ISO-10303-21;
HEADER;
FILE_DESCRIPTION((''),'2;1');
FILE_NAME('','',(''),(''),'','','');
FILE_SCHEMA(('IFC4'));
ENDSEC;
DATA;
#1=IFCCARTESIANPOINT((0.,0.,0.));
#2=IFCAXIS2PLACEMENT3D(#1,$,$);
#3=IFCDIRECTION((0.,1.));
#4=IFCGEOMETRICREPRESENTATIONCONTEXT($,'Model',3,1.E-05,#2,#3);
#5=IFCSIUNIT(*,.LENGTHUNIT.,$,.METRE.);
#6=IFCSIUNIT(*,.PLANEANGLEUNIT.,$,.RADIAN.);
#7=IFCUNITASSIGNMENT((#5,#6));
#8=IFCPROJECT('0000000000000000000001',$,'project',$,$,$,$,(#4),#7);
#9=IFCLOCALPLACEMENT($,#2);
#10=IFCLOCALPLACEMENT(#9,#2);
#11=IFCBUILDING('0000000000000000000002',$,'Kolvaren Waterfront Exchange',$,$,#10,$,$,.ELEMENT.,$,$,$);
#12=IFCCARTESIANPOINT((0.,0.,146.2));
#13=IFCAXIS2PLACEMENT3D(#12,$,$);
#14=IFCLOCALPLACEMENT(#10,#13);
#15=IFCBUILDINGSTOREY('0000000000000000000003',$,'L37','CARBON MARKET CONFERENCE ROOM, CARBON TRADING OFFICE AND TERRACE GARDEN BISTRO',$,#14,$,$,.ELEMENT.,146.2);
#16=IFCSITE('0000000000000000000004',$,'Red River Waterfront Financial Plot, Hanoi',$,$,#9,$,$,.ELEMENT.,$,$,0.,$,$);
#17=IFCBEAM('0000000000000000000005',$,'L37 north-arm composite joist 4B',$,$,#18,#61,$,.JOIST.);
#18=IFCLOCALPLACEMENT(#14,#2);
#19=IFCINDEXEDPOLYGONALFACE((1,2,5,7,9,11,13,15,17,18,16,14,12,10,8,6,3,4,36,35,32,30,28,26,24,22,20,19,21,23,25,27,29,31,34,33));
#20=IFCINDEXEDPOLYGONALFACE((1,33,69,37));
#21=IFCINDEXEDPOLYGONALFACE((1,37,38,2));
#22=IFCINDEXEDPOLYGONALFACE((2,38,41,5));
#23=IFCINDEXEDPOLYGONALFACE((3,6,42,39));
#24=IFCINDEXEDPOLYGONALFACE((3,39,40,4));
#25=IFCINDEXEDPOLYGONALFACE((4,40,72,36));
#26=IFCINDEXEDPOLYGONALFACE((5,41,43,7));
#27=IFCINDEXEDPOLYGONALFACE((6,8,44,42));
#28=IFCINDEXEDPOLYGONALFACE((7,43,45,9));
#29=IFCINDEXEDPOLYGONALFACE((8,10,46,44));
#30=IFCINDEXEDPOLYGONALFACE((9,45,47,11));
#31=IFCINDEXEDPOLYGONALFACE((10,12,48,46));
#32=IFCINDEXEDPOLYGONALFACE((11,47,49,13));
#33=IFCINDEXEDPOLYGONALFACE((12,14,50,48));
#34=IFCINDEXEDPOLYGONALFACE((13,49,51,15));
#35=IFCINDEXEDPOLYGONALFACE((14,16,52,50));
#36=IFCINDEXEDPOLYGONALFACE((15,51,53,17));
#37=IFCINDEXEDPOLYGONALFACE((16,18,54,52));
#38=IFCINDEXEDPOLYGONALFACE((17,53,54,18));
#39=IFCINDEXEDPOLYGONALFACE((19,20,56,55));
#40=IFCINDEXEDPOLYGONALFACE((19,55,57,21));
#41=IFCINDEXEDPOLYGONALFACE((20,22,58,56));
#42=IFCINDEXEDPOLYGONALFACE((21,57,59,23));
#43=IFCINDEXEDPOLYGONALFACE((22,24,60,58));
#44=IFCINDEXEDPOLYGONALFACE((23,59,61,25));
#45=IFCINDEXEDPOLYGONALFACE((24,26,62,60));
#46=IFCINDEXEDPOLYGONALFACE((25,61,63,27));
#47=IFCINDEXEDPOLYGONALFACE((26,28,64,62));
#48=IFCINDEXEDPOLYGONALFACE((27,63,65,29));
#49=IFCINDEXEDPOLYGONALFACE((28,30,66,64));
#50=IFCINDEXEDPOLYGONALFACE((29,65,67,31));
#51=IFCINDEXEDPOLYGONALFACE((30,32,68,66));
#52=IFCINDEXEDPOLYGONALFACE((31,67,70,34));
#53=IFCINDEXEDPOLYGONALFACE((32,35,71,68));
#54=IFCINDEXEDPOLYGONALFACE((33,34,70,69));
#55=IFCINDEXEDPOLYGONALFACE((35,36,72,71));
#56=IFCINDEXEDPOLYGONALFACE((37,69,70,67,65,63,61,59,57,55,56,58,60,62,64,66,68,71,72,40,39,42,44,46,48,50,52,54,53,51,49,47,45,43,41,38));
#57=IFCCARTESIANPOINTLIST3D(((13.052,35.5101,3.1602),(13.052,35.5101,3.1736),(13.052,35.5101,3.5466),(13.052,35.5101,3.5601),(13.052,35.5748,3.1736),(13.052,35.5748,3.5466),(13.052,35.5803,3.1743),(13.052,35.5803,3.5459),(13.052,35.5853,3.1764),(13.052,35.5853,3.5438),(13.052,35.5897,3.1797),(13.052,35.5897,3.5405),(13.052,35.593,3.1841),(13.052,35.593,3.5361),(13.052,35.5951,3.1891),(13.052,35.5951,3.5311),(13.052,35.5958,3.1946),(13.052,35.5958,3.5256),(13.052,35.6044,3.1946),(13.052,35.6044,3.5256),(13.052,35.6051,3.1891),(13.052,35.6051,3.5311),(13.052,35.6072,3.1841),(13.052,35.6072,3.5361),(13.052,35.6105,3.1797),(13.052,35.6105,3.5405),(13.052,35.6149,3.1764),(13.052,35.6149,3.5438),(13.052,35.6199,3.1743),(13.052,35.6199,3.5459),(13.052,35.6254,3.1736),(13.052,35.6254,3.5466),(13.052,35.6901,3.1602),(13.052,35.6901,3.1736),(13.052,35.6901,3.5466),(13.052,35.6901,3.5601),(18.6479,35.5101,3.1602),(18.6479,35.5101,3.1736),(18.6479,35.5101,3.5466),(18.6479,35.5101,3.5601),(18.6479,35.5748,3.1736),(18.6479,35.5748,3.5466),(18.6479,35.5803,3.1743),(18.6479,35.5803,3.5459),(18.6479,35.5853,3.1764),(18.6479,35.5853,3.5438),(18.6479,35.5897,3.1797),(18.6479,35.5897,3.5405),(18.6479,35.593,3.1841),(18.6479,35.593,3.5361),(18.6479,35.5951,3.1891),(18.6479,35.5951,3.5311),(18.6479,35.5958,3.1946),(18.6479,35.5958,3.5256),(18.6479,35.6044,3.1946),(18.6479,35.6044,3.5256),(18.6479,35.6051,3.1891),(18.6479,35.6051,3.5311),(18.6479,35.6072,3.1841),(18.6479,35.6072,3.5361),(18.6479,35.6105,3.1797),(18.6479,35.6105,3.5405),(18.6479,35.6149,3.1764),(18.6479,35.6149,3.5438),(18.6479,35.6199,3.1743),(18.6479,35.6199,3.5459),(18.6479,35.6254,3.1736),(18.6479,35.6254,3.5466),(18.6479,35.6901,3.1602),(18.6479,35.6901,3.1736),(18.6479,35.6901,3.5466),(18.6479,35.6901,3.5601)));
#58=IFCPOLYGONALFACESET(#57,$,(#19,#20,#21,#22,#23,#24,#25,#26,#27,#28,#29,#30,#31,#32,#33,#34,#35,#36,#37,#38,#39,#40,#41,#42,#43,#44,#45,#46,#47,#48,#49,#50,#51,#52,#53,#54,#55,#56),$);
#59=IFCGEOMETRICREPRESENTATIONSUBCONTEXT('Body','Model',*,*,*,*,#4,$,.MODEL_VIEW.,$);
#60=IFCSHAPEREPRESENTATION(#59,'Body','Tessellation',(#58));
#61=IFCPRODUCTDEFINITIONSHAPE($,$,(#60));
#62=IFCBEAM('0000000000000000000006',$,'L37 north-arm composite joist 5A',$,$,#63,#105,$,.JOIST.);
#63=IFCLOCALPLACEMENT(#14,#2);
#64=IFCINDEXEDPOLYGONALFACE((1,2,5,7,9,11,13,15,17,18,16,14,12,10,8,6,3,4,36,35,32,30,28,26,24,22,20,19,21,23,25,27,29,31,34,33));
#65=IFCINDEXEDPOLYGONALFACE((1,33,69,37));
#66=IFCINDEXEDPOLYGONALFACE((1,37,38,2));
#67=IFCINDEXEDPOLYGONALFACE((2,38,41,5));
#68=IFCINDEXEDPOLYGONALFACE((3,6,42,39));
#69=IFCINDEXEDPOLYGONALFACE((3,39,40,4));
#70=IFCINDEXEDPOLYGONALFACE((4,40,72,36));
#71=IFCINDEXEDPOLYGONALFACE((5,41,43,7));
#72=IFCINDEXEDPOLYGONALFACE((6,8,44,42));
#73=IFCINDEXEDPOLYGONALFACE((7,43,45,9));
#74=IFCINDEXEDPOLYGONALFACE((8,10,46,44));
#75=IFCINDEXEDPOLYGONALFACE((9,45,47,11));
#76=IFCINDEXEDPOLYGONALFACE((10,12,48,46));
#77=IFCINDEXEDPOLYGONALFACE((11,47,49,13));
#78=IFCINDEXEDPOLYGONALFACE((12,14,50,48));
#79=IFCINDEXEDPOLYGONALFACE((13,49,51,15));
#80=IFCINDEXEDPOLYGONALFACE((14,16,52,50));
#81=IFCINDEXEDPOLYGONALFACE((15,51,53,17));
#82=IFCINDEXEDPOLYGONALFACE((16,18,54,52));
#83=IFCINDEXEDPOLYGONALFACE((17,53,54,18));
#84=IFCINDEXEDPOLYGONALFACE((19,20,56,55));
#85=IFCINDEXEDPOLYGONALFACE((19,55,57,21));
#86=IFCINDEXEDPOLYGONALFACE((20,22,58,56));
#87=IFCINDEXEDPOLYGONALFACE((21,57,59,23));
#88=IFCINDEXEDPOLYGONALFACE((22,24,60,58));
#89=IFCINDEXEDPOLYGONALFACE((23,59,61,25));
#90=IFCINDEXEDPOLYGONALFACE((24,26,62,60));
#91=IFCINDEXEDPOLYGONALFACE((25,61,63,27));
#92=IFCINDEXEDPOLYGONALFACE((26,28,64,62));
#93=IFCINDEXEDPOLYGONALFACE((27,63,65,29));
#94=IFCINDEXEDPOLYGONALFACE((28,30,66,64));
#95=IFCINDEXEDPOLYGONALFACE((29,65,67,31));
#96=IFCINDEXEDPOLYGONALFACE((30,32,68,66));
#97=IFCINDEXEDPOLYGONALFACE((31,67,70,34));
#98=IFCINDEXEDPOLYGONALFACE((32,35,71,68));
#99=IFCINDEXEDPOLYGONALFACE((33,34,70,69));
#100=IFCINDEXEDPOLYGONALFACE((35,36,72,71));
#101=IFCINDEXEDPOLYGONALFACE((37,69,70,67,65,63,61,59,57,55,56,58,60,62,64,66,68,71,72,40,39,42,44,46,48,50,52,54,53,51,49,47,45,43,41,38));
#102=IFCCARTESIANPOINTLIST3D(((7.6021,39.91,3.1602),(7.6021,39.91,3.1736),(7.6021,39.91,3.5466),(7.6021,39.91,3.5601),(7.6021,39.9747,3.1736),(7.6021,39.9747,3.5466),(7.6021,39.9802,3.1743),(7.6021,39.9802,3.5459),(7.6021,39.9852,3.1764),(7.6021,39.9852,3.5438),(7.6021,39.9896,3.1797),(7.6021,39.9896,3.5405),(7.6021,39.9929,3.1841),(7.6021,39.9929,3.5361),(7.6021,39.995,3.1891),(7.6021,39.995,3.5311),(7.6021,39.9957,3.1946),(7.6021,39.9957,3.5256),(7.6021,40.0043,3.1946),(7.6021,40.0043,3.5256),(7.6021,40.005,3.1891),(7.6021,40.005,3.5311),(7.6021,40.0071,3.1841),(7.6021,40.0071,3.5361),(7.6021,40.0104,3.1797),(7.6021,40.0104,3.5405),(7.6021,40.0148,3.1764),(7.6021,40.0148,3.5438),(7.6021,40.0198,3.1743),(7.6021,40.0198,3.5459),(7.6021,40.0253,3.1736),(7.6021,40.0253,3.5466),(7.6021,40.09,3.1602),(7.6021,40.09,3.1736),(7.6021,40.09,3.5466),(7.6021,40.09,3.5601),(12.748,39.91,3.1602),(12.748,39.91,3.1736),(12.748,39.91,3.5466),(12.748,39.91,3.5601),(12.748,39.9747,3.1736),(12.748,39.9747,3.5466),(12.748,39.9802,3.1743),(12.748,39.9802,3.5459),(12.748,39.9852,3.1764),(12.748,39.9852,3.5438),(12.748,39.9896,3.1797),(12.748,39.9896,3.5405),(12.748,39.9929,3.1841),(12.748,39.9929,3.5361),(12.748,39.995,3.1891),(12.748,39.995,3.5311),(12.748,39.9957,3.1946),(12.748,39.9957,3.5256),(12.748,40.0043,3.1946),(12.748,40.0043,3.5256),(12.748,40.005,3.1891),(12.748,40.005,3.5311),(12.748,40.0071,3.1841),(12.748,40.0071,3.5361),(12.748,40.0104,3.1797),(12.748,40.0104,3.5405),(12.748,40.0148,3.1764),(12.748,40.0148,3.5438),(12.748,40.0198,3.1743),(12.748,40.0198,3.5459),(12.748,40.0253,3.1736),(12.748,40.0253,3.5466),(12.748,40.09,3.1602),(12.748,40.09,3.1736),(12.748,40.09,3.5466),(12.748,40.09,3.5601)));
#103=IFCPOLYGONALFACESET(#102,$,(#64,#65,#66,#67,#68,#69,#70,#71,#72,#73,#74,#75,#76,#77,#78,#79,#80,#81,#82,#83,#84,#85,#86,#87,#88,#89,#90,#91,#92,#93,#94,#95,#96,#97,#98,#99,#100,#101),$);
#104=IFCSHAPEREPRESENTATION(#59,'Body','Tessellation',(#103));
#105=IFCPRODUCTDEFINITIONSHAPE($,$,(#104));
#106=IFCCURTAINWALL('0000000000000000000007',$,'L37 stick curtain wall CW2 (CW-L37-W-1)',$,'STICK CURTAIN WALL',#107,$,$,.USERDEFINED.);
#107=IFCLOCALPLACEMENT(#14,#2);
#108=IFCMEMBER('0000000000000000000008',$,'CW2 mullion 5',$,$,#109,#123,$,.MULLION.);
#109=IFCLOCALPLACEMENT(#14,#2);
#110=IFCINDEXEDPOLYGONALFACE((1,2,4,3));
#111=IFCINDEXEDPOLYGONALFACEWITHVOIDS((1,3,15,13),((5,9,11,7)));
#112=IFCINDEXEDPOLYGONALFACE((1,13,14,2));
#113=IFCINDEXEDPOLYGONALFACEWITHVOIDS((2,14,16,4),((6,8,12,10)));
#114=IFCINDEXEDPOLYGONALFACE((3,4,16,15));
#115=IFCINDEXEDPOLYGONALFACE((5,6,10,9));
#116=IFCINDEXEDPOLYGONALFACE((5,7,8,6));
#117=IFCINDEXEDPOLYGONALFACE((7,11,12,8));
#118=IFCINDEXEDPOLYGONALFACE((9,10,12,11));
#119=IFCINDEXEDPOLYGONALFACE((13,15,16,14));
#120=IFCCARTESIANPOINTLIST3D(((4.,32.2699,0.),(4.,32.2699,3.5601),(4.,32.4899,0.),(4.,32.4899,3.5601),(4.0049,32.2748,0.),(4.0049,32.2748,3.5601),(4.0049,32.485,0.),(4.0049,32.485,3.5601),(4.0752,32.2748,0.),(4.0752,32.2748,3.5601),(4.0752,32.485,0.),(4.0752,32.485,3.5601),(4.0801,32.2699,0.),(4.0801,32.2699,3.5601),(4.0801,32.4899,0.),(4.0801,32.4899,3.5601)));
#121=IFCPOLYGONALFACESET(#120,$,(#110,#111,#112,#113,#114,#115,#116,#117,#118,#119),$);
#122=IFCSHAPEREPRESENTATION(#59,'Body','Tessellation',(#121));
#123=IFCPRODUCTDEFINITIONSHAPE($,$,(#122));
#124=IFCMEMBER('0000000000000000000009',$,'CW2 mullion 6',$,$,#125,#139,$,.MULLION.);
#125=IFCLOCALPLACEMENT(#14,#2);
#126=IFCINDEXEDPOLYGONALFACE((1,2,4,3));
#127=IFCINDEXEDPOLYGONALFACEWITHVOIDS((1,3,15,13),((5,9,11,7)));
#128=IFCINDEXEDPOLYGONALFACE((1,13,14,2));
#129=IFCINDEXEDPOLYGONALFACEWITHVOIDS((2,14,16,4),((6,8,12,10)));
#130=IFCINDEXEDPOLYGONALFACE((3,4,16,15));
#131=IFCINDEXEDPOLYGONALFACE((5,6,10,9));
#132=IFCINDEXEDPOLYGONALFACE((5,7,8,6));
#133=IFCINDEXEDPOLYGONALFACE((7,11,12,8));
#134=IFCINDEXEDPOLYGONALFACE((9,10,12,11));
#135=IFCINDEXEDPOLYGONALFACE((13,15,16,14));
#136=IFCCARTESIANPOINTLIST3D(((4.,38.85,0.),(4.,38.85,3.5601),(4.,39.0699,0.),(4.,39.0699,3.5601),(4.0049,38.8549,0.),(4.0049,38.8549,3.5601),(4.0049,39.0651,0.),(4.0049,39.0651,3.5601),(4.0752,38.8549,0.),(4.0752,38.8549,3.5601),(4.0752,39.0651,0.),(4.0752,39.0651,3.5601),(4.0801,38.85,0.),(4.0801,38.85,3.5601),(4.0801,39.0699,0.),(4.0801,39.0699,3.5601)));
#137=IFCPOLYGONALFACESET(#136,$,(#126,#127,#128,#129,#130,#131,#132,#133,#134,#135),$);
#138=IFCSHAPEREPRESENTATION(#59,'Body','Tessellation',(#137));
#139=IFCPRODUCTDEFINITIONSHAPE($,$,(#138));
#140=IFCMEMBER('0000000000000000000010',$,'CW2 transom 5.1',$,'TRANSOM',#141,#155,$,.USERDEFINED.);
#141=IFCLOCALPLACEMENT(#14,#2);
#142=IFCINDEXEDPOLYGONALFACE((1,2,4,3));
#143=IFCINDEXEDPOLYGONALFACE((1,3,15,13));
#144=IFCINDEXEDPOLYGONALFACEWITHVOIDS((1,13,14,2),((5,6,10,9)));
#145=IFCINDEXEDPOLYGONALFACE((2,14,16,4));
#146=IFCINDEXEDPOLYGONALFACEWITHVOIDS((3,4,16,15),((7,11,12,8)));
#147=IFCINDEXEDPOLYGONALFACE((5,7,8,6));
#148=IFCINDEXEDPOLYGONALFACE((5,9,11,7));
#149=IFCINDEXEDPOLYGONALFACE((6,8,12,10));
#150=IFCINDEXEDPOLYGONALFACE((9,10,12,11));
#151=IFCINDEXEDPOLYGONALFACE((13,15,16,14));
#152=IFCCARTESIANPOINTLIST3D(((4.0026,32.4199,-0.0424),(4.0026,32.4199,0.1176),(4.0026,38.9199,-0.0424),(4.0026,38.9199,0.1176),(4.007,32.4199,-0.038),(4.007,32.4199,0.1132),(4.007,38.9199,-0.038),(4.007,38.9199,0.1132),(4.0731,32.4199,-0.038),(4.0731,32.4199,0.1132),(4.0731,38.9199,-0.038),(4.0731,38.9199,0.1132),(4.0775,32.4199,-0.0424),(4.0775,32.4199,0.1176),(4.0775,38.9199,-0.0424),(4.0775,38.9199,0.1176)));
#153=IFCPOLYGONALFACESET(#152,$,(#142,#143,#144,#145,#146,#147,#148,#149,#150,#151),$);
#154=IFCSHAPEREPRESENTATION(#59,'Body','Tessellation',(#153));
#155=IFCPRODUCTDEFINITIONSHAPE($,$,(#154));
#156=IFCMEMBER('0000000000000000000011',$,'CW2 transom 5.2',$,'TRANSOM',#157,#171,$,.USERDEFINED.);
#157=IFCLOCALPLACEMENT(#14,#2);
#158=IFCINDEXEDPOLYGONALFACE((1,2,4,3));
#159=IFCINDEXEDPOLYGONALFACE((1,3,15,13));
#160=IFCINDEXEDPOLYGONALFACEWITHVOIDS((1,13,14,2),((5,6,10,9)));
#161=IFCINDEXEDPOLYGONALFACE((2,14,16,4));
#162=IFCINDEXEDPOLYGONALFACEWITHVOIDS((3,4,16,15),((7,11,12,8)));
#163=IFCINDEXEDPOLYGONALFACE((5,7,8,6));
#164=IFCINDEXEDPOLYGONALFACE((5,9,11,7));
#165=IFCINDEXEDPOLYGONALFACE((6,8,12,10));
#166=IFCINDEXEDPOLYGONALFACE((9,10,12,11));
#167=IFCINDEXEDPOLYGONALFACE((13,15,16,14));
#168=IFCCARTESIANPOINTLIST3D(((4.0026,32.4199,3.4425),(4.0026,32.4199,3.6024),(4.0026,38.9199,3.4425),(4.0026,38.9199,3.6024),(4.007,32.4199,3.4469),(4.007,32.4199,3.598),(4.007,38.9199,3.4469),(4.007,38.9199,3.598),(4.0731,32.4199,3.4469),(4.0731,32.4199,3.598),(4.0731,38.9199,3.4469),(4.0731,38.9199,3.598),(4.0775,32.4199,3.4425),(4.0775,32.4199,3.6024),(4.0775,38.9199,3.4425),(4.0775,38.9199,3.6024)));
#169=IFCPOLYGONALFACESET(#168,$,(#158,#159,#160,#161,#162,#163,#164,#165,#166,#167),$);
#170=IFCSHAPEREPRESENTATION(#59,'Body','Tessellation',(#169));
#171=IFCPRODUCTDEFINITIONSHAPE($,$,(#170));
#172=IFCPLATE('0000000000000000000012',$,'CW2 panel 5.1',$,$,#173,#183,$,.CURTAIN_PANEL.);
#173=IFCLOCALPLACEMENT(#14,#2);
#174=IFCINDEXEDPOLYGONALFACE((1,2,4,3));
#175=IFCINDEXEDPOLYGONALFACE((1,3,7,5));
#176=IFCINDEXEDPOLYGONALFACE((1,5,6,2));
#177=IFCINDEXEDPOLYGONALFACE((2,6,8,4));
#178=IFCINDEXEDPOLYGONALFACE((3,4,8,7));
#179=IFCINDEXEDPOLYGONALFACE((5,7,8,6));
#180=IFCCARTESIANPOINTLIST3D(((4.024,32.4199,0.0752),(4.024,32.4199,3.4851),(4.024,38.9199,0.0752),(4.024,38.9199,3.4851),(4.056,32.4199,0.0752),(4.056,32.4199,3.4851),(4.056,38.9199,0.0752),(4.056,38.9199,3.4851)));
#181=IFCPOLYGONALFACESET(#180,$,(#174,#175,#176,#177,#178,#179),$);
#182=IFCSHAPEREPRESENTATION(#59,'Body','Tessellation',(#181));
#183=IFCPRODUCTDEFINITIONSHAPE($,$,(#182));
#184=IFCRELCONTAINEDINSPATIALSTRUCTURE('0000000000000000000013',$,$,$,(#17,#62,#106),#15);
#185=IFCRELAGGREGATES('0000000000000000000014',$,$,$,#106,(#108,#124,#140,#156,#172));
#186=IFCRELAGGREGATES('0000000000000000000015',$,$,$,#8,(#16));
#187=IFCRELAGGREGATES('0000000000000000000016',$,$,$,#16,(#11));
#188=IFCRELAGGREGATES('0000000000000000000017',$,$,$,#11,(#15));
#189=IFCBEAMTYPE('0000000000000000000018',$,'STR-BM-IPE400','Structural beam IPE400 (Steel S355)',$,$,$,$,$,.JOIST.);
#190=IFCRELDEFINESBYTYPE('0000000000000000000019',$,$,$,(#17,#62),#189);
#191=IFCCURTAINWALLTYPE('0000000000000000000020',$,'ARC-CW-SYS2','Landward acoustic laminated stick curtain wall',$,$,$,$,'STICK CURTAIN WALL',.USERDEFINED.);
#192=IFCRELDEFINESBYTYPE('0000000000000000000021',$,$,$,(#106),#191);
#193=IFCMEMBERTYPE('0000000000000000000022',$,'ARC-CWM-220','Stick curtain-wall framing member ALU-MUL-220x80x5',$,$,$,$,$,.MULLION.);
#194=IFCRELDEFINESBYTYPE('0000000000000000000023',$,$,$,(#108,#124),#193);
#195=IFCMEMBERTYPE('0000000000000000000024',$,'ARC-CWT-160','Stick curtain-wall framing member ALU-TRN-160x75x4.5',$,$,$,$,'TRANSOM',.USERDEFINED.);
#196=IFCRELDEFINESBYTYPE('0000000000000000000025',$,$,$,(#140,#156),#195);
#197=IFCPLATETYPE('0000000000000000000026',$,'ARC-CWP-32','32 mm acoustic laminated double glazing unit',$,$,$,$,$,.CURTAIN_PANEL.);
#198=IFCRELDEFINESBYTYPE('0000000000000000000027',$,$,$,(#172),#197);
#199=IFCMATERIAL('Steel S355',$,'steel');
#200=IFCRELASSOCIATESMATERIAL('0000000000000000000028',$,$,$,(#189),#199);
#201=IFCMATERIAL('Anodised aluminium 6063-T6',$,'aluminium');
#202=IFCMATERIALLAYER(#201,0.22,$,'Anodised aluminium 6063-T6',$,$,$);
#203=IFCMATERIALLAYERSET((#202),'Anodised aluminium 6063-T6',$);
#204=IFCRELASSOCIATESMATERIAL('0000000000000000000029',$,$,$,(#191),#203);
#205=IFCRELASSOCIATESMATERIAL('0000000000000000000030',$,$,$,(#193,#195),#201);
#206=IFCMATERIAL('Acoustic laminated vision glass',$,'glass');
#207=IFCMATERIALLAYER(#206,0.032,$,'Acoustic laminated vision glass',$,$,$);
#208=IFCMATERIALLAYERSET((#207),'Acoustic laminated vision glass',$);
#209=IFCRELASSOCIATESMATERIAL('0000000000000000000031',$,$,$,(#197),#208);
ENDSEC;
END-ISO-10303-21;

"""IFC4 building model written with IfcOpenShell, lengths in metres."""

from ifc_helpers import new_model, si_unit, direction, frame, origin, origin_with_axes, origin_2d, place, context, subcontext, project, spatial, rectangle, hollow_rectangle, i_section, extrude, source, transform, mapped, material, layer, layer_set, material_profile, profile_set, type_object, element, aggregate, save


model = new_model("IFC4")

# Units and contexts
model_context = context("Model", 3, precision=1e-05, world=origin(), true_north=direction((0.0, 1.0)))
body_context = subcontext(model_context, "Body", "Model", "MODEL_VIEW")
ifc_project = project(units=[si_unit("LENGTHUNIT", "METRE"), si_unit("PLANEANGLEUNIT", "RADIAN")], contexts=[model_context])

# Site, building, storey
site_placement = place(None, origin())
site = spatial("IfcSite", under=ifc_project, at=site_placement, Name="Red River Waterfront Financial Plot, Hanoi", CompositionType="ELEMENT", RefElevation=0.0)
building_placement = place(site_placement, origin())
building = spatial("IfcBuilding", under=site, at=building_placement, Name="Kolvaren Waterfront Exchange", CompositionType="ELEMENT")
storey_placement = place(building_placement, frame((0.0, 0.0, 146.2)))
storey = spatial("IfcBuildingStorey", under=building, at=storey_placement, Name="L37", Description="CARBON MARKET CONFERENCE ROOM, CARBON TRADING OFFICE AND TERRACE GARDEN BISTRO", CompositionType="ELEMENT", Elevation=146.2)

# Beams
ifc_material_1 = material(Name="Steel S355", Category="steel")
ifc_material_profile_1 = material_profile(ifc_material_1, i_section(OverallWidth=0.1799, OverallDepth=0.3999, WebThickness=0.0085, FlangeThickness=0.0134, FilletRadius=0.021, at=origin_2d()), Name="IPE400")
ifc_profile_set_1 = profile_set([ifc_material_profile_1], Name="Steel S355")
beam_type_1 = type_object("IfcBeamType", Name="STR-BM-IPE400", Description="Structural beam IPE400 (Steel S355)", PredefinedType="JOIST", material=ifc_profile_set_1)
beam_1_placement = place(storey_placement, frame((13.052, 35.6001, 3.3601), z_axis=(1.0, 0.0, 0.0), x_axis=(0.0, 1.0, 0.0)))
element("IfcBeam", 1, at=beam_1_placement, inside=storey, type_object=beam_type_1, Name="L37 north-arm composite joist 4B", PredefinedType="JOIST", context=body_context, shape_type="SweptSolid", body=[
    extrude(i_section(OverallWidth=0.1799, OverallDepth=0.3999, WebThickness=0.0085, FlangeThickness=0.0134, FilletRadius=0.021, at=origin_2d()), origin(), (0.0, 0.0, 1.0), 5.5959),
])
beam_2_placement = place(storey_placement, frame((7.6021, 40.0, 3.3601), z_axis=(1.0, 0.0, 0.0), x_axis=(0.0, 1.0, 0.0)))
element("IfcBeam", 2, at=beam_2_placement, inside=storey, type_object=beam_type_1, Name="L37 north-arm composite joist 5A", PredefinedType="JOIST", context=body_context, shape_type="SweptSolid", body=[
    extrude(i_section(OverallWidth=0.1799, OverallDepth=0.3999, WebThickness=0.0085, FlangeThickness=0.0134, FilletRadius=0.021, at=origin_2d()), origin(), (0.0, 0.0, 1.0), 5.146),
])

# Curtain wall, members, plate
ifc_material_2 = material(Name="Anodised aluminium 6063-T6", Category="aluminium")
ifc_layer_1 = layer(ifc_material_2, 0.22, Name="Anodised aluminium 6063-T6")
ifc_layer_set_1 = layer_set([ifc_layer_1], Name="Anodised aluminium 6063-T6")
curtain_wall_type = type_object("IfcCurtainWallType", Name="ARC-CW-SYS2", Description="Landward acoustic laminated stick curtain wall", ElementType="STICK CURTAIN WALL", PredefinedType="USERDEFINED", material=ifc_layer_set_1)
curtain_wall_placement = place(storey_placement, origin())
curtain_wall = element("IfcCurtainWall", 3, at=curtain_wall_placement, inside=storey, type_object=curtain_wall_type, Name="L37 stick curtain wall CW2 (CW-L37-W-1)", ObjectType="STICK CURTAIN WALL", PredefinedType="USERDEFINED")
ifc_material_profile_2 = material_profile(ifc_material_2, hollow_rectangle(XDim=0.0801, YDim=0.22, WallThickness=0.0049, at=origin_2d()), Name="ALU-MUL-220x80x5")
ifc_profile_set_2 = profile_set([ifc_material_profile_2], Name="Anodised aluminium 6063-T6")
member_type_1 = type_object("IfcMemberType", Name="ARC-CWM-220", Description="Stick curtain-wall framing member ALU-MUL-220x80x5", PredefinedType="MULLION", material=ifc_profile_set_2)
shared_shape_1 = source(origin_with_axes(), body_context, "Body", "SweptSolid", [
    extrude(hollow_rectangle(XDim=0.0801, YDim=0.22, WallThickness=0.0049, at=origin_2d()), origin(), (0.0, 0.0, 1.0), 3.5601),
])
member_1_placement = place(storey_placement, frame((4.04, 32.3799, 0.0), z_axis=(0.0, 0.0, 1.0), x_axis=(-1.0, 0.0, 0.0)))
member_1 = element("IfcMember", 4, at=member_1_placement, type_object=member_type_1, Name="CW2 mullion 5", PredefinedType="MULLION", context=body_context, shape_type="MappedRepresentation", body=[
    mapped(shared_shape_1, transform((0.0, 0.0, 0.0), x_axis=(1.0, 0.0, 0.0), y_axis=(0.0, 1.0, 0.0), z_axis=(0.0, 0.0, 1.0), scale=1.0)),
])
member_2_placement = place(storey_placement, frame((4.04, 38.96, 0.0), z_axis=(0.0, 0.0, 1.0), x_axis=(-1.0, 0.0, 0.0)))
member_2 = element("IfcMember", 5, at=member_2_placement, type_object=member_type_1, Name="CW2 mullion 6", PredefinedType="MULLION", context=body_context, shape_type="MappedRepresentation", body=[
    mapped(shared_shape_1, transform((0.0, 0.0, 0.0), x_axis=(1.0, 0.0, 0.0), y_axis=(0.0, 1.0, 0.0), z_axis=(0.0, 0.0, 1.0), scale=1.0)),
])
ifc_material_profile_3 = material_profile(ifc_material_2, hollow_rectangle(XDim=0.075, YDim=0.1599, WallThickness=0.0044, at=origin_2d()), Name="ALU-TRN-160x75x4.5")
ifc_profile_set_3 = profile_set([ifc_material_profile_3], Name="Anodised aluminium 6063-T6")
member_type_2 = type_object("IfcMemberType", Name="ARC-CWT-160", Description="Stick curtain-wall framing member ALU-TRN-160x75x4.5", ElementType="TRANSOM", PredefinedType="USERDEFINED", material=ifc_profile_set_3)
shared_shape_2 = source(origin_with_axes(), body_context, "Body", "SweptSolid", [
    extrude(hollow_rectangle(XDim=0.075, YDim=0.1599, WallThickness=0.0044, at=origin_2d()), origin(), (0.0, 0.0, 1.0), 6.5),
])
member_3_placement = place(storey_placement, frame((4.04, 32.4199, 0.0376), z_axis=(0.0, 1.0, 0.0), x_axis=(-1.0, 0.0, 0.0)))
member_3 = element("IfcMember", 6, at=member_3_placement, type_object=member_type_2, Name="CW2 transom 5.1", ObjectType="TRANSOM", PredefinedType="USERDEFINED", context=body_context, shape_type="MappedRepresentation", body=[
    mapped(shared_shape_2, transform((0.0, 0.0, 0.0), x_axis=(1.0, 0.0, 0.0), y_axis=(0.0, 1.0, 0.0), z_axis=(0.0, 0.0, 1.0), scale=1.0)),
])
member_4_placement = place(storey_placement, frame((4.04, 32.4199, 3.5225), z_axis=(0.0, 1.0, 0.0), x_axis=(-1.0, 0.0, 0.0)))
member_4 = element("IfcMember", 7, at=member_4_placement, type_object=member_type_2, Name="CW2 transom 5.2", ObjectType="TRANSOM", PredefinedType="USERDEFINED", context=body_context, shape_type="MappedRepresentation", body=[
    mapped(shared_shape_2, transform((0.0, 0.0, 0.0), x_axis=(1.0, 0.0, 0.0), y_axis=(0.0, 1.0, 0.0), z_axis=(0.0, 0.0, 1.0), scale=1.0)),
])
ifc_material_3 = material(Name="Acoustic laminated vision glass", Category="glass")
ifc_layer_2 = layer(ifc_material_3, 0.032, Name="Acoustic laminated vision glass")
ifc_layer_set_2 = layer_set([ifc_layer_2], Name="Acoustic laminated vision glass")
plate_type = type_object("IfcPlateType", Name="ARC-CWP-32", Description="32 mm acoustic laminated double glazing unit", PredefinedType="CURTAIN_PANEL", material=ifc_layer_set_2)
shared_shape_3 = source(origin_with_axes(), body_context, "Body", "SweptSolid", [
    extrude(rectangle(XDim=6.5, YDim=0.032, at=origin_2d()), origin(), (0.0, 0.0, 1.0), 3.4099),
])
plate_placement = place(storey_placement, frame((4.04, 35.6699, 0.0752), z_axis=(0.0, 0.0, 1.0), x_axis=(0.0, 1.0, 0.0)))
plate = element("IfcPlate", 8, at=plate_placement, type_object=plate_type, Name="CW2 panel 5.1", PredefinedType="CURTAIN_PANEL", context=body_context, shape_type="MappedRepresentation", body=[
    mapped(shared_shape_3, transform((0.0, 0.0, 0.0), x_axis=(1.0, 0.0, 0.0), y_axis=(0.0, 1.0, 0.0), z_axis=(0.0, 0.0, 1.0), scale=1.0)),
])
aggregate(curtain_wall, [member_1, member_2, member_3, member_4, plate])

save(model, "model.ifc")
